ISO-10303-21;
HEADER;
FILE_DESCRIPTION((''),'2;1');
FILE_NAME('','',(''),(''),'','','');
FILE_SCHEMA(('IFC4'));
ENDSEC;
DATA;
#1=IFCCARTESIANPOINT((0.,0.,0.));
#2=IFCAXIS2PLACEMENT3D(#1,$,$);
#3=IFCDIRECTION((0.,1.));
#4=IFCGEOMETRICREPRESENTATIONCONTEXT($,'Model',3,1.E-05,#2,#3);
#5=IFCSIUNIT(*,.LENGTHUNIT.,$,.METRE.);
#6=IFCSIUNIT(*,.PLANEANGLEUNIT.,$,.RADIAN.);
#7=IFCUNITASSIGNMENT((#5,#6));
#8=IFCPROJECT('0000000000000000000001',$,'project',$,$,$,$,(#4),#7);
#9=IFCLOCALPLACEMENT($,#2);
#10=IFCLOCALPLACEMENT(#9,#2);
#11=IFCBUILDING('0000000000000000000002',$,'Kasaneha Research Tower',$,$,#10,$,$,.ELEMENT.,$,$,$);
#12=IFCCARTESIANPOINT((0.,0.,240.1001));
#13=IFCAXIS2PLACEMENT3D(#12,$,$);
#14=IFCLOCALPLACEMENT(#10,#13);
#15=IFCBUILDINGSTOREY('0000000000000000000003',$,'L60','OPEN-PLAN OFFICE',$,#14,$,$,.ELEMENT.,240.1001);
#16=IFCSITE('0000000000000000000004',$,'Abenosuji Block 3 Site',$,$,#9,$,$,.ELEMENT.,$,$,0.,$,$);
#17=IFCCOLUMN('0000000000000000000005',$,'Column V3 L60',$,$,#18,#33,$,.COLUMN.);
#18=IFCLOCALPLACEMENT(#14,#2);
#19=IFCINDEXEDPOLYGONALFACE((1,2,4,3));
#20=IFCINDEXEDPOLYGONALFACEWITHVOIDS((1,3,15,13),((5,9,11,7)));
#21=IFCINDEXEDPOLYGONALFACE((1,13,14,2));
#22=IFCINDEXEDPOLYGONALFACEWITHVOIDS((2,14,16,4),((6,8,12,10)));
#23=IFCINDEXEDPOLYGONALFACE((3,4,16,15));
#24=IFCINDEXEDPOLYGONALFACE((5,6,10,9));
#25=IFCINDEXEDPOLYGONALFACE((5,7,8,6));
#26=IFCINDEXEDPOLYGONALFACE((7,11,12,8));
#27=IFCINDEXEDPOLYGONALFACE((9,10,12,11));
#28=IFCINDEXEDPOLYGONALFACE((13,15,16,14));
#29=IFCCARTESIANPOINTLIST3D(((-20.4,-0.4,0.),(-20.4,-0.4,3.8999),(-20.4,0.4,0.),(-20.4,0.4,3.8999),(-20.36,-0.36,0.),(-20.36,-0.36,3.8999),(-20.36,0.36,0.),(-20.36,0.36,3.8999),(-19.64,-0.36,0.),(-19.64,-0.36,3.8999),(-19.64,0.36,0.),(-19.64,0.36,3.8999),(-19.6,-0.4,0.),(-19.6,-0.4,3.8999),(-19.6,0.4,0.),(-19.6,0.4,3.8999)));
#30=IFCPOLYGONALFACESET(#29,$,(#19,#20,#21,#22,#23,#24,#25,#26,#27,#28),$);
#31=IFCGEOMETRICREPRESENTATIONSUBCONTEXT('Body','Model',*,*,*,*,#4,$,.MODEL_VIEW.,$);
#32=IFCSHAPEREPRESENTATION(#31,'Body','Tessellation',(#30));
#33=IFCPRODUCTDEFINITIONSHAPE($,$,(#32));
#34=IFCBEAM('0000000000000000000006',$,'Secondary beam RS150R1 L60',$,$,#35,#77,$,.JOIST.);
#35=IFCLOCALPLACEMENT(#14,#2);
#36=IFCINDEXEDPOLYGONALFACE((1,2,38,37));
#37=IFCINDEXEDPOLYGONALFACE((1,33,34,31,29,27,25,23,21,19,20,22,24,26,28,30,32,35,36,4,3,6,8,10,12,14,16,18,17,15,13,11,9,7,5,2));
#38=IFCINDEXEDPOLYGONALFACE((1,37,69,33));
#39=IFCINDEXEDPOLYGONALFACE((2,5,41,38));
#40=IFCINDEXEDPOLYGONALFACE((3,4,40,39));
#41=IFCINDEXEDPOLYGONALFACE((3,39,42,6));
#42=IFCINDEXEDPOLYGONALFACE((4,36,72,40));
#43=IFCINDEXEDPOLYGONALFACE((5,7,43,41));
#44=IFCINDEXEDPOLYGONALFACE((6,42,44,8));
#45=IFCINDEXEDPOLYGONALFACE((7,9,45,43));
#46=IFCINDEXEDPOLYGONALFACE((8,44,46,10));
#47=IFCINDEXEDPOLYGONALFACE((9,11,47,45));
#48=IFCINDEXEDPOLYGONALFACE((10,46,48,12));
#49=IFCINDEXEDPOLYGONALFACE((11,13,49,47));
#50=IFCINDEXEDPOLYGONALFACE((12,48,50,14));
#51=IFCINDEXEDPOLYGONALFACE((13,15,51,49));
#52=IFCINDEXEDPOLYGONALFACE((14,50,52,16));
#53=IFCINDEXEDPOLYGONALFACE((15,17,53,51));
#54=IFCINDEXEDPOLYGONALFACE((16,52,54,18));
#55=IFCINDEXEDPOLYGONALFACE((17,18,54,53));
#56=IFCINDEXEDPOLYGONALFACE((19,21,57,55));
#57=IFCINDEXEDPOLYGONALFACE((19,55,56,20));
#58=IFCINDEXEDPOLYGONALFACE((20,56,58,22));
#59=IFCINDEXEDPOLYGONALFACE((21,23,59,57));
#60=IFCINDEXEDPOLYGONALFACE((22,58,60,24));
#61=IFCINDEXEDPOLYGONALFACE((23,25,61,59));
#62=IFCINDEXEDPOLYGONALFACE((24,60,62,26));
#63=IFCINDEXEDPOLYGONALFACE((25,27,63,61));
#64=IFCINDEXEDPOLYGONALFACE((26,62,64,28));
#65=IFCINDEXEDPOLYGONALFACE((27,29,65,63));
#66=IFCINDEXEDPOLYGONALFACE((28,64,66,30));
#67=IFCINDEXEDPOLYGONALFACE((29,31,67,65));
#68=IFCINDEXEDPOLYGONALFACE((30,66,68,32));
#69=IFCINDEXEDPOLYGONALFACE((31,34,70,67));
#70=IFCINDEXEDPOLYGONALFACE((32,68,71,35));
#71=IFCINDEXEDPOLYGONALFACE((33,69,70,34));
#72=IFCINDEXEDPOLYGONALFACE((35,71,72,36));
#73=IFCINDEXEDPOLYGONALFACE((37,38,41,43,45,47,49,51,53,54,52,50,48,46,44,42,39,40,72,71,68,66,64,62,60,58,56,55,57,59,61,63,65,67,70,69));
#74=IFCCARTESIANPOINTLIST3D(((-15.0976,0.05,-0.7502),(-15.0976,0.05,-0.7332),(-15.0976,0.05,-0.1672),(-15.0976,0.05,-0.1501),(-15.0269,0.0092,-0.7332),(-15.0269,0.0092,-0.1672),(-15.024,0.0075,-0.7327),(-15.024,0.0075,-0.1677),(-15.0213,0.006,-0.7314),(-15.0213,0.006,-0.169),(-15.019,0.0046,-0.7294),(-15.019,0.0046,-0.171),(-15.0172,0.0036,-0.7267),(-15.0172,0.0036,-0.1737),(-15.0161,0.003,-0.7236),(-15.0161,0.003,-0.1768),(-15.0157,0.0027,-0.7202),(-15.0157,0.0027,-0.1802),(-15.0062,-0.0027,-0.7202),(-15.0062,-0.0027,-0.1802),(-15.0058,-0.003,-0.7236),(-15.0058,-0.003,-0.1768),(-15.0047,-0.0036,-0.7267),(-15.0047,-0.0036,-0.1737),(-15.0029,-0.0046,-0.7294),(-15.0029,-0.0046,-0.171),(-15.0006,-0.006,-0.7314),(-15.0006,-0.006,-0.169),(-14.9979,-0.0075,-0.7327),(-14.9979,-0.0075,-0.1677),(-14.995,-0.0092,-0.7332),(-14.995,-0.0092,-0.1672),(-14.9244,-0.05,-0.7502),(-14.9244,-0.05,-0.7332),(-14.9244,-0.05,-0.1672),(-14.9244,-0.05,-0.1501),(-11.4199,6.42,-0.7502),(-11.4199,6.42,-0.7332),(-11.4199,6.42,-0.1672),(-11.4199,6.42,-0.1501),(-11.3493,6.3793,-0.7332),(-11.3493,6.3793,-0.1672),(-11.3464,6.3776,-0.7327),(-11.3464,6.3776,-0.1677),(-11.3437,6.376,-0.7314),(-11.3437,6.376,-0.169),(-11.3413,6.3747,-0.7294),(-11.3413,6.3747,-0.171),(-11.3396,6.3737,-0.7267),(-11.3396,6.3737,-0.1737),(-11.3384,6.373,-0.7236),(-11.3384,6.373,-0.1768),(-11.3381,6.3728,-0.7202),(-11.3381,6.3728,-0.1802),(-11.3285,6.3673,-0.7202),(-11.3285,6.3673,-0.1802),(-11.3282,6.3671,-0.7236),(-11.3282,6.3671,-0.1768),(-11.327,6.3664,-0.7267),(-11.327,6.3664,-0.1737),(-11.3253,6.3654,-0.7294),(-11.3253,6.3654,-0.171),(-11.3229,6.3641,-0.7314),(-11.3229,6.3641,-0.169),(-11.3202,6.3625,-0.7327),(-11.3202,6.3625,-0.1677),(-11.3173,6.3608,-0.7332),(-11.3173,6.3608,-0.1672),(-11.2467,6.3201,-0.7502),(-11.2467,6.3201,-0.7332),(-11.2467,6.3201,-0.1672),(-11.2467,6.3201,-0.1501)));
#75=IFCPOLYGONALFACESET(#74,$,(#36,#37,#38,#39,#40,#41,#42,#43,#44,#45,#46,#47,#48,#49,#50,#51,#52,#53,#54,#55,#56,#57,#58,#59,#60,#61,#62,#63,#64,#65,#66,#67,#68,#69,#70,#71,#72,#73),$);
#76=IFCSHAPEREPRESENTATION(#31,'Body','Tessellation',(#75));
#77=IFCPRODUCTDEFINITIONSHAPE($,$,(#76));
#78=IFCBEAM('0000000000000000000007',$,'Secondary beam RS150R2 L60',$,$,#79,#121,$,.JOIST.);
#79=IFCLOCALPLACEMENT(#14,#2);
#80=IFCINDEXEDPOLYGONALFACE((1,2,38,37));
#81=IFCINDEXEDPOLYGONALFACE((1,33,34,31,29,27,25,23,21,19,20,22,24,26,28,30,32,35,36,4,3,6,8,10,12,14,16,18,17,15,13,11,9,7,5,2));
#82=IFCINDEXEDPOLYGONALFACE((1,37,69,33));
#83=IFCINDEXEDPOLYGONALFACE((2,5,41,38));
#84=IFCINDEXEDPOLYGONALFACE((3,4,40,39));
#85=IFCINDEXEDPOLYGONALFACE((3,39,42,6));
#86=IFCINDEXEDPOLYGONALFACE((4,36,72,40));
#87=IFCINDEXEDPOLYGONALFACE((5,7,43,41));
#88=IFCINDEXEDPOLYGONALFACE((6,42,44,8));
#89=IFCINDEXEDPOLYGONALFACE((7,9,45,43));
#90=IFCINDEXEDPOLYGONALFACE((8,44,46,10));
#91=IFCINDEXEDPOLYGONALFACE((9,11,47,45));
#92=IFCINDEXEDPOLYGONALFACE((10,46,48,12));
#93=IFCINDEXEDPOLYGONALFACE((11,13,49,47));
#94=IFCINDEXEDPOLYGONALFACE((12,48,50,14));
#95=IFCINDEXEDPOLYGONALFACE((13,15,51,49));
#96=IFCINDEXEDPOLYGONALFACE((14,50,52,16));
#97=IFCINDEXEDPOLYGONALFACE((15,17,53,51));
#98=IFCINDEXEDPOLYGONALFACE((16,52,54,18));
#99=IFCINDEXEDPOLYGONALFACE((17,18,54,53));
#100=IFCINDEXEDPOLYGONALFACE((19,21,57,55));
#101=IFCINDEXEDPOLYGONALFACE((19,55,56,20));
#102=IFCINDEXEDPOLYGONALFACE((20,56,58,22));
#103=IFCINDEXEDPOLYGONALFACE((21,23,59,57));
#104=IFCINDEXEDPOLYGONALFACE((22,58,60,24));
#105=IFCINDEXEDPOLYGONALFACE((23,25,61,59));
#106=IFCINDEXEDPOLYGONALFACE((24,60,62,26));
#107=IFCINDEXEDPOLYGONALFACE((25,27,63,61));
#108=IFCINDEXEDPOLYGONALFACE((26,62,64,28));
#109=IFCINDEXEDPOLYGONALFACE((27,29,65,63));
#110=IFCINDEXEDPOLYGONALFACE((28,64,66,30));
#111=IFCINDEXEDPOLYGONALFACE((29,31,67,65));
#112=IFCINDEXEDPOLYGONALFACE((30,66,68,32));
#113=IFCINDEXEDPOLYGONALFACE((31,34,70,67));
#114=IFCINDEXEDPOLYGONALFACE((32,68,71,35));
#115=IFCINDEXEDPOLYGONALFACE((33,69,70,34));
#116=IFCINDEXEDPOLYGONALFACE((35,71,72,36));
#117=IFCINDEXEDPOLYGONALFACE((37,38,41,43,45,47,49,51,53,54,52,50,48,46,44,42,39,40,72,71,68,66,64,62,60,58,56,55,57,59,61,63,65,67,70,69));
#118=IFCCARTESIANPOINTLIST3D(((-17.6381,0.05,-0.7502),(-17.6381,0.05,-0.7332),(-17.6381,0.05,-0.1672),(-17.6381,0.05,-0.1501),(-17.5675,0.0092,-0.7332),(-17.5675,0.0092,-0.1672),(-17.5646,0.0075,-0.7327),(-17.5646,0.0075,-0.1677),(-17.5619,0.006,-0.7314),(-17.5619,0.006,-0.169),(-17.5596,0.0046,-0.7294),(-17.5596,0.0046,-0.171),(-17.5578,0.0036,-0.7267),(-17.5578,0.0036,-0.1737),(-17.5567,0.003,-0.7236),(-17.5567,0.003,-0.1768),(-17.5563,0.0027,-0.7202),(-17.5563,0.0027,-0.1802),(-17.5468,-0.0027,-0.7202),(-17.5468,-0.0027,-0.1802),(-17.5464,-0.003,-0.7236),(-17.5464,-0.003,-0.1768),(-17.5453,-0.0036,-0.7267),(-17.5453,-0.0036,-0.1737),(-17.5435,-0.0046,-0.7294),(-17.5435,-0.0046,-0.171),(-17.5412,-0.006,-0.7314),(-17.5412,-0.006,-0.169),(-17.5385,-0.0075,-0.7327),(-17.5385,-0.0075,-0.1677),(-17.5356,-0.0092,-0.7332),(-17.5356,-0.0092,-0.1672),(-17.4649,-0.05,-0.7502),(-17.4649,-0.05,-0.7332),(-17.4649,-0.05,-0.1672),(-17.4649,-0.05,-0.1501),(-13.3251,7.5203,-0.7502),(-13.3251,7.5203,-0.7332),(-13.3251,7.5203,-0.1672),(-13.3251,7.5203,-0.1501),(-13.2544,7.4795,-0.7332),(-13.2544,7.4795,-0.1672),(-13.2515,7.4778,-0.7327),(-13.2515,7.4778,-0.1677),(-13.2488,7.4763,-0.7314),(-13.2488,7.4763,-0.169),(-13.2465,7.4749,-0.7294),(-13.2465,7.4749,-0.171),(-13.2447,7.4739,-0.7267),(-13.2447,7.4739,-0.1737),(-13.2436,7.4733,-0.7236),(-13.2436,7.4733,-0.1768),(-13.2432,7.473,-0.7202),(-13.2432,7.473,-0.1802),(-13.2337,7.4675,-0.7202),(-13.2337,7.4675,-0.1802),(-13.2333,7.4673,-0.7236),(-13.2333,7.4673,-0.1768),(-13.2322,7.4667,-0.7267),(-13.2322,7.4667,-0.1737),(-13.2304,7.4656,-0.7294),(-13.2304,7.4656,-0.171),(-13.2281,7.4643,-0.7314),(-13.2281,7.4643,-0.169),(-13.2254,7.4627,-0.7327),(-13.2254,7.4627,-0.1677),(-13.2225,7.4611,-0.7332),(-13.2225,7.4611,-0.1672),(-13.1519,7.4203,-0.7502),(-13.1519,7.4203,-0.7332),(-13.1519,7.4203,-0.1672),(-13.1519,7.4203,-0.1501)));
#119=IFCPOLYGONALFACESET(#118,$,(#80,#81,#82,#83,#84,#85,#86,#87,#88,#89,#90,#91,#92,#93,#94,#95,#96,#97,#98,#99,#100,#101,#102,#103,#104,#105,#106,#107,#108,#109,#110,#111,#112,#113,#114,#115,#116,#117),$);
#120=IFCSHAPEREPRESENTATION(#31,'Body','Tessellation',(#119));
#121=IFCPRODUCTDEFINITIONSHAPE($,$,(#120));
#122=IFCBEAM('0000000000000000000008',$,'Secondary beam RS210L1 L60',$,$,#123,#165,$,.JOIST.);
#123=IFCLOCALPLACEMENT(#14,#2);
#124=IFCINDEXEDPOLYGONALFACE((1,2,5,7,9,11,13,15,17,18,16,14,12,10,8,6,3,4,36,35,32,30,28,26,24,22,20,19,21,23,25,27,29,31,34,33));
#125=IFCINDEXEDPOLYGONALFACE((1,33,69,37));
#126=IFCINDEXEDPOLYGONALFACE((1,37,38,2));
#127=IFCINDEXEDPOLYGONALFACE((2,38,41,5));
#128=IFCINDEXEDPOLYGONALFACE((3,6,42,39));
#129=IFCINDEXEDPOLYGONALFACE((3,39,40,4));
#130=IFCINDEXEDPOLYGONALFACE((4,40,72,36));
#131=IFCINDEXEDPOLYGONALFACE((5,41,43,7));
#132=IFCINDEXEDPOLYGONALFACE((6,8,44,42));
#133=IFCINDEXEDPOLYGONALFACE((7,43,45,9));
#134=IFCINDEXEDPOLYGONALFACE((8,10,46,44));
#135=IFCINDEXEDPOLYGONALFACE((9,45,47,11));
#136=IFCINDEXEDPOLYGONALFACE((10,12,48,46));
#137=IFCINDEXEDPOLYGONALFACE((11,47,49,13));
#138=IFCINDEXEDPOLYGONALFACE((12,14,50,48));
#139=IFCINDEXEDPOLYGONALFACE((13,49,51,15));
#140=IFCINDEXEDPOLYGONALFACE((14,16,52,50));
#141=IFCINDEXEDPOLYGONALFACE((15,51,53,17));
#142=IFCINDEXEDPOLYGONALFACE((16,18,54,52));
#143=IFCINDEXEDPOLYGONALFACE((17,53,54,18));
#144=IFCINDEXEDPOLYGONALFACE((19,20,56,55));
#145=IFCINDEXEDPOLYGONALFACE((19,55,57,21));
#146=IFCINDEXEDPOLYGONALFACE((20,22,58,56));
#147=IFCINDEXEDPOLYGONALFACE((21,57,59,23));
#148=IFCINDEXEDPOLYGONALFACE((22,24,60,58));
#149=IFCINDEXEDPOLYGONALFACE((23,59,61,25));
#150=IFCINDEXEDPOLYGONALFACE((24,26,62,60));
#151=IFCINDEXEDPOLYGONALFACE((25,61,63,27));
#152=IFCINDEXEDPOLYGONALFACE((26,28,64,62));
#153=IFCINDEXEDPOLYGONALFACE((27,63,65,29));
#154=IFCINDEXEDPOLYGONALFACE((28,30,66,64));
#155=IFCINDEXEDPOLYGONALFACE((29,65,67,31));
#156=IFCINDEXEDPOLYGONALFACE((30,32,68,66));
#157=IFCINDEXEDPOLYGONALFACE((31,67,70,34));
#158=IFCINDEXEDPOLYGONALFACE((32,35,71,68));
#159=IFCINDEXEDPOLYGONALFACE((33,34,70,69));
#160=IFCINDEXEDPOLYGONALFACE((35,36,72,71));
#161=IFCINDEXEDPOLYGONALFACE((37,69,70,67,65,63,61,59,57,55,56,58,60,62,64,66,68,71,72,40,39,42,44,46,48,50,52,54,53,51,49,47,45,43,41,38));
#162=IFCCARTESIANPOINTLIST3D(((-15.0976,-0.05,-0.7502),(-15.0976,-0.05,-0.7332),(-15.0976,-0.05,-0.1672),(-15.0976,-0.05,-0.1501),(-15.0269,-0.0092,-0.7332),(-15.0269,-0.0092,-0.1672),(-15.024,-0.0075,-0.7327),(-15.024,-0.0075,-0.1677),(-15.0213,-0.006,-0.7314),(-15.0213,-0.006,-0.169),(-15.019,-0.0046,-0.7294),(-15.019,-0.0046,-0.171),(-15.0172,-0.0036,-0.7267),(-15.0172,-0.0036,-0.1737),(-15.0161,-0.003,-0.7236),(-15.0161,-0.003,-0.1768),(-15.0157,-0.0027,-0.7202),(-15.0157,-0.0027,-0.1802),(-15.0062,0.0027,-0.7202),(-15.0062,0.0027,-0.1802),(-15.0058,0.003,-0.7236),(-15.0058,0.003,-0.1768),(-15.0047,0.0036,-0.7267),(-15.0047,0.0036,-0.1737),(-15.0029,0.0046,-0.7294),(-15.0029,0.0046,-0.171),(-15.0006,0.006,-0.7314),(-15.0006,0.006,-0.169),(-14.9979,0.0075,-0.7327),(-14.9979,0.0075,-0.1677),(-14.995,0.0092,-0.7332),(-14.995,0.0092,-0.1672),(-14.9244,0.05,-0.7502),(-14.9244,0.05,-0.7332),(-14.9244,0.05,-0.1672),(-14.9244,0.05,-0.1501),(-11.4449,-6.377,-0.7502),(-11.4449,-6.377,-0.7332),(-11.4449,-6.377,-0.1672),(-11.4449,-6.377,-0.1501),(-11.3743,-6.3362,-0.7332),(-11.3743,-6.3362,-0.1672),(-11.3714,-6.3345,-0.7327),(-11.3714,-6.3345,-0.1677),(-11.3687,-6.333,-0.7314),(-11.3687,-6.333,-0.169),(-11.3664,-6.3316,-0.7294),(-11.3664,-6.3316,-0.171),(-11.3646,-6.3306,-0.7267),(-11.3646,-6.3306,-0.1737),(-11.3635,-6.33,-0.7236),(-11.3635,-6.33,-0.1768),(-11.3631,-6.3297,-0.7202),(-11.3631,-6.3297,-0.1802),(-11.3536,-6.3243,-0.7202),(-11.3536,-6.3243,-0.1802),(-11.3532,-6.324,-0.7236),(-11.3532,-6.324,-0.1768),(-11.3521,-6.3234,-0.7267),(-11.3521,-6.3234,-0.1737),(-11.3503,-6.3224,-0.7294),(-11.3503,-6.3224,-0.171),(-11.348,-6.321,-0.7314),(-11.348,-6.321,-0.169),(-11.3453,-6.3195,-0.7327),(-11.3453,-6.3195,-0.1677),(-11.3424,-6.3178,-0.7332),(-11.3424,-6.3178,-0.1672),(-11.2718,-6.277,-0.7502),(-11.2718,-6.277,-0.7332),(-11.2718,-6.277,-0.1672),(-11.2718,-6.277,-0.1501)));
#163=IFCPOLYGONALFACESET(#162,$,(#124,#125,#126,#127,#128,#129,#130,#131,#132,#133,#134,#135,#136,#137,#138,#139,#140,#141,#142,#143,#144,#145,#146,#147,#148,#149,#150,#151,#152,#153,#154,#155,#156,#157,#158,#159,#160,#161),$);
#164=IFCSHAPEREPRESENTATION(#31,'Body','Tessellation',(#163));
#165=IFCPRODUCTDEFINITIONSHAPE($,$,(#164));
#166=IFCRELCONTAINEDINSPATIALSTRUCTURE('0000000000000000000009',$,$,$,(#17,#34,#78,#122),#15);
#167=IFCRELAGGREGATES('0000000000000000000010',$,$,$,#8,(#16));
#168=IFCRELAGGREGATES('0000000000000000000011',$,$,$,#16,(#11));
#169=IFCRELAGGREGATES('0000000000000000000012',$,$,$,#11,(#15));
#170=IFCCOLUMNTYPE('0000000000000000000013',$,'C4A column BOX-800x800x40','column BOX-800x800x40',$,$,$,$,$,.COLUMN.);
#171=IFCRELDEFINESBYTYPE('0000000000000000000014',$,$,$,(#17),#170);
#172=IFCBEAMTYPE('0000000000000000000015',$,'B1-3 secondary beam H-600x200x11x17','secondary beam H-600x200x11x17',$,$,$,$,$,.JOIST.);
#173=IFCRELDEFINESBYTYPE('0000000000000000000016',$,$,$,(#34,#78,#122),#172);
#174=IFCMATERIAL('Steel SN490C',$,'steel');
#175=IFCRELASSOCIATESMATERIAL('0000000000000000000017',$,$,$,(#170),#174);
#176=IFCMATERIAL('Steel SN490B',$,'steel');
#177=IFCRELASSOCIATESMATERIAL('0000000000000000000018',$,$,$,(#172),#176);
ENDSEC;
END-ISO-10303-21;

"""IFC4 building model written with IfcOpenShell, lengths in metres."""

from ifc_helpers import new_model, si_unit, direction, frame, origin, origin_2d, place, context, subcontext, project, spatial, hollow_rectangle, i_section, extrude, material, material_profile, profile_set, type_object, element, save


model = new_model("IFC4")

# Units and contexts
model_context = context("Model", 3, precision=1e-05, world=origin(), true_north=direction((0.0, 1.0)))
body_context = subcontext(model_context, "Body", "Model", "MODEL_VIEW")
ifc_project = project(units=[si_unit("LENGTHUNIT", "METRE"), si_unit("PLANEANGLEUNIT", "RADIAN")], contexts=[model_context])

# Site, building, storey
site_placement = place(None, origin())
site = spatial("IfcSite", under=ifc_project, at=site_placement, Name="Abenosuji Block 3 Site", CompositionType="ELEMENT", RefElevation=0.0)
building_placement = place(site_placement, origin())
building = spatial("IfcBuilding", under=site, at=building_placement, Name="Kasaneha Research Tower", CompositionType="ELEMENT")
storey_placement = place(building_placement, frame((0.0, 0.0, 240.1001)))
storey = spatial("IfcBuildingStorey", under=building, at=storey_placement, Name="L60", Description="OPEN-PLAN OFFICE", CompositionType="ELEMENT", Elevation=240.1001)

# Column
ifc_material_1 = material(Name="Steel SN490C", Category="steel")
ifc_material_profile_1 = material_profile(ifc_material_1, hollow_rectangle(XDim=0.8, YDim=0.8, WallThickness=0.04, at=origin_2d()), Name="BOX-800x800x40")
ifc_profile_set_1 = profile_set([ifc_material_profile_1], Name="Steel SN490C")
column_type = type_object("IfcColumnType", Name="C4A column BOX-800x800x40", Description="column BOX-800x800x40", PredefinedType="COLUMN", material=ifc_profile_set_1)
column_placement = place(storey_placement, frame((-20.0, 0.0, 0.0), z_axis=(0.0, 0.0, 1.0), x_axis=(1.0, 0.0, 0.0)))
element("IfcColumn", 1, at=column_placement, inside=storey, type_object=column_type, Name="Column V3 L60", PredefinedType="COLUMN", context=body_context, shape_type="SweptSolid", body=[
    extrude(hollow_rectangle(XDim=0.8, YDim=0.8, WallThickness=0.04, at=origin_2d()), origin(), (0.0, 0.0, 1.0), 3.8999),
])

# Beams
ifc_material_2 = material(Name="Steel SN490B", Category="steel")
ifc_material_profile_2 = material_profile(ifc_material_2, i_section(OverallWidth=0.2, OverallDepth=0.6001, WebThickness=0.011, FlangeThickness=0.0171, FilletRadius=0.0129, at=origin_2d()), Name="H-600x200x11x17")
ifc_profile_set_2 = profile_set([ifc_material_profile_2], Name="Steel SN490B")
beam_type_1 = type_object("IfcBeamType", Name="B1-3 secondary beam H-600x200x11x17", Description="secondary beam H-600x200x11x17", PredefinedType="JOIST", material=ifc_profile_set_2)
beam_1_placement = place(storey_placement, frame((-15.011, 0.0, -0.4502), z_axis=(0.499994, 0.866029, 0.0), x_axis=(-0.866029, 0.499994, 0.0)))
element("IfcBeam", 2, at=beam_1_placement, inside=storey, type_object=beam_type_1, Name="Secondary beam RS150R1 L60", PredefinedType="JOIST", context=body_context, shape_type="SweptSolid", body=[
    extrude(i_section(OverallWidth=0.2, OverallDepth=0.6001, WebThickness=0.011, FlangeThickness=0.0171, FilletRadius=0.0129, at=origin_2d()), origin(), (0.0, 0.0, 1.0), 7.3555),
])
beam_2_placement = place(storey_placement, frame((-17.5515, 0.0, -0.4502), z_axis=(0.500005, 0.866023, 0.0), x_axis=(-0.866023, 0.500005, 0.0)))
element("IfcBeam", 3, at=beam_2_placement, inside=storey, type_object=beam_type_1, Name="Secondary beam RS150R2 L60", PredefinedType="JOIST", context=body_context, shape_type="SweptSolid", body=[
    extrude(i_section(OverallWidth=0.2, OverallDepth=0.6001, WebThickness=0.011, FlangeThickness=0.0171, FilletRadius=0.0129, at=origin_2d()), origin(), (0.0, 0.0, 1.0), 8.626),
])
beam_3_placement = place(storey_placement, frame((-15.011, 0.0, -0.4502), z_axis=(0.499974, -0.86604, 0.0), x_axis=(0.86604, 0.499974, 0.0)))
element("IfcBeam", 4, at=beam_3_placement, inside=storey, type_object=beam_type_1, Name="Secondary beam RS210L1 L60", PredefinedType="JOIST", context=body_context, shape_type="SweptSolid", body=[
    extrude(i_section(OverallWidth=0.2, OverallDepth=0.6001, WebThickness=0.011, FlangeThickness=0.0171, FilletRadius=0.0129, at=origin_2d()), origin(), (0.0, 0.0, 1.0), 7.3057),
])

save(model, "model.ifc")
